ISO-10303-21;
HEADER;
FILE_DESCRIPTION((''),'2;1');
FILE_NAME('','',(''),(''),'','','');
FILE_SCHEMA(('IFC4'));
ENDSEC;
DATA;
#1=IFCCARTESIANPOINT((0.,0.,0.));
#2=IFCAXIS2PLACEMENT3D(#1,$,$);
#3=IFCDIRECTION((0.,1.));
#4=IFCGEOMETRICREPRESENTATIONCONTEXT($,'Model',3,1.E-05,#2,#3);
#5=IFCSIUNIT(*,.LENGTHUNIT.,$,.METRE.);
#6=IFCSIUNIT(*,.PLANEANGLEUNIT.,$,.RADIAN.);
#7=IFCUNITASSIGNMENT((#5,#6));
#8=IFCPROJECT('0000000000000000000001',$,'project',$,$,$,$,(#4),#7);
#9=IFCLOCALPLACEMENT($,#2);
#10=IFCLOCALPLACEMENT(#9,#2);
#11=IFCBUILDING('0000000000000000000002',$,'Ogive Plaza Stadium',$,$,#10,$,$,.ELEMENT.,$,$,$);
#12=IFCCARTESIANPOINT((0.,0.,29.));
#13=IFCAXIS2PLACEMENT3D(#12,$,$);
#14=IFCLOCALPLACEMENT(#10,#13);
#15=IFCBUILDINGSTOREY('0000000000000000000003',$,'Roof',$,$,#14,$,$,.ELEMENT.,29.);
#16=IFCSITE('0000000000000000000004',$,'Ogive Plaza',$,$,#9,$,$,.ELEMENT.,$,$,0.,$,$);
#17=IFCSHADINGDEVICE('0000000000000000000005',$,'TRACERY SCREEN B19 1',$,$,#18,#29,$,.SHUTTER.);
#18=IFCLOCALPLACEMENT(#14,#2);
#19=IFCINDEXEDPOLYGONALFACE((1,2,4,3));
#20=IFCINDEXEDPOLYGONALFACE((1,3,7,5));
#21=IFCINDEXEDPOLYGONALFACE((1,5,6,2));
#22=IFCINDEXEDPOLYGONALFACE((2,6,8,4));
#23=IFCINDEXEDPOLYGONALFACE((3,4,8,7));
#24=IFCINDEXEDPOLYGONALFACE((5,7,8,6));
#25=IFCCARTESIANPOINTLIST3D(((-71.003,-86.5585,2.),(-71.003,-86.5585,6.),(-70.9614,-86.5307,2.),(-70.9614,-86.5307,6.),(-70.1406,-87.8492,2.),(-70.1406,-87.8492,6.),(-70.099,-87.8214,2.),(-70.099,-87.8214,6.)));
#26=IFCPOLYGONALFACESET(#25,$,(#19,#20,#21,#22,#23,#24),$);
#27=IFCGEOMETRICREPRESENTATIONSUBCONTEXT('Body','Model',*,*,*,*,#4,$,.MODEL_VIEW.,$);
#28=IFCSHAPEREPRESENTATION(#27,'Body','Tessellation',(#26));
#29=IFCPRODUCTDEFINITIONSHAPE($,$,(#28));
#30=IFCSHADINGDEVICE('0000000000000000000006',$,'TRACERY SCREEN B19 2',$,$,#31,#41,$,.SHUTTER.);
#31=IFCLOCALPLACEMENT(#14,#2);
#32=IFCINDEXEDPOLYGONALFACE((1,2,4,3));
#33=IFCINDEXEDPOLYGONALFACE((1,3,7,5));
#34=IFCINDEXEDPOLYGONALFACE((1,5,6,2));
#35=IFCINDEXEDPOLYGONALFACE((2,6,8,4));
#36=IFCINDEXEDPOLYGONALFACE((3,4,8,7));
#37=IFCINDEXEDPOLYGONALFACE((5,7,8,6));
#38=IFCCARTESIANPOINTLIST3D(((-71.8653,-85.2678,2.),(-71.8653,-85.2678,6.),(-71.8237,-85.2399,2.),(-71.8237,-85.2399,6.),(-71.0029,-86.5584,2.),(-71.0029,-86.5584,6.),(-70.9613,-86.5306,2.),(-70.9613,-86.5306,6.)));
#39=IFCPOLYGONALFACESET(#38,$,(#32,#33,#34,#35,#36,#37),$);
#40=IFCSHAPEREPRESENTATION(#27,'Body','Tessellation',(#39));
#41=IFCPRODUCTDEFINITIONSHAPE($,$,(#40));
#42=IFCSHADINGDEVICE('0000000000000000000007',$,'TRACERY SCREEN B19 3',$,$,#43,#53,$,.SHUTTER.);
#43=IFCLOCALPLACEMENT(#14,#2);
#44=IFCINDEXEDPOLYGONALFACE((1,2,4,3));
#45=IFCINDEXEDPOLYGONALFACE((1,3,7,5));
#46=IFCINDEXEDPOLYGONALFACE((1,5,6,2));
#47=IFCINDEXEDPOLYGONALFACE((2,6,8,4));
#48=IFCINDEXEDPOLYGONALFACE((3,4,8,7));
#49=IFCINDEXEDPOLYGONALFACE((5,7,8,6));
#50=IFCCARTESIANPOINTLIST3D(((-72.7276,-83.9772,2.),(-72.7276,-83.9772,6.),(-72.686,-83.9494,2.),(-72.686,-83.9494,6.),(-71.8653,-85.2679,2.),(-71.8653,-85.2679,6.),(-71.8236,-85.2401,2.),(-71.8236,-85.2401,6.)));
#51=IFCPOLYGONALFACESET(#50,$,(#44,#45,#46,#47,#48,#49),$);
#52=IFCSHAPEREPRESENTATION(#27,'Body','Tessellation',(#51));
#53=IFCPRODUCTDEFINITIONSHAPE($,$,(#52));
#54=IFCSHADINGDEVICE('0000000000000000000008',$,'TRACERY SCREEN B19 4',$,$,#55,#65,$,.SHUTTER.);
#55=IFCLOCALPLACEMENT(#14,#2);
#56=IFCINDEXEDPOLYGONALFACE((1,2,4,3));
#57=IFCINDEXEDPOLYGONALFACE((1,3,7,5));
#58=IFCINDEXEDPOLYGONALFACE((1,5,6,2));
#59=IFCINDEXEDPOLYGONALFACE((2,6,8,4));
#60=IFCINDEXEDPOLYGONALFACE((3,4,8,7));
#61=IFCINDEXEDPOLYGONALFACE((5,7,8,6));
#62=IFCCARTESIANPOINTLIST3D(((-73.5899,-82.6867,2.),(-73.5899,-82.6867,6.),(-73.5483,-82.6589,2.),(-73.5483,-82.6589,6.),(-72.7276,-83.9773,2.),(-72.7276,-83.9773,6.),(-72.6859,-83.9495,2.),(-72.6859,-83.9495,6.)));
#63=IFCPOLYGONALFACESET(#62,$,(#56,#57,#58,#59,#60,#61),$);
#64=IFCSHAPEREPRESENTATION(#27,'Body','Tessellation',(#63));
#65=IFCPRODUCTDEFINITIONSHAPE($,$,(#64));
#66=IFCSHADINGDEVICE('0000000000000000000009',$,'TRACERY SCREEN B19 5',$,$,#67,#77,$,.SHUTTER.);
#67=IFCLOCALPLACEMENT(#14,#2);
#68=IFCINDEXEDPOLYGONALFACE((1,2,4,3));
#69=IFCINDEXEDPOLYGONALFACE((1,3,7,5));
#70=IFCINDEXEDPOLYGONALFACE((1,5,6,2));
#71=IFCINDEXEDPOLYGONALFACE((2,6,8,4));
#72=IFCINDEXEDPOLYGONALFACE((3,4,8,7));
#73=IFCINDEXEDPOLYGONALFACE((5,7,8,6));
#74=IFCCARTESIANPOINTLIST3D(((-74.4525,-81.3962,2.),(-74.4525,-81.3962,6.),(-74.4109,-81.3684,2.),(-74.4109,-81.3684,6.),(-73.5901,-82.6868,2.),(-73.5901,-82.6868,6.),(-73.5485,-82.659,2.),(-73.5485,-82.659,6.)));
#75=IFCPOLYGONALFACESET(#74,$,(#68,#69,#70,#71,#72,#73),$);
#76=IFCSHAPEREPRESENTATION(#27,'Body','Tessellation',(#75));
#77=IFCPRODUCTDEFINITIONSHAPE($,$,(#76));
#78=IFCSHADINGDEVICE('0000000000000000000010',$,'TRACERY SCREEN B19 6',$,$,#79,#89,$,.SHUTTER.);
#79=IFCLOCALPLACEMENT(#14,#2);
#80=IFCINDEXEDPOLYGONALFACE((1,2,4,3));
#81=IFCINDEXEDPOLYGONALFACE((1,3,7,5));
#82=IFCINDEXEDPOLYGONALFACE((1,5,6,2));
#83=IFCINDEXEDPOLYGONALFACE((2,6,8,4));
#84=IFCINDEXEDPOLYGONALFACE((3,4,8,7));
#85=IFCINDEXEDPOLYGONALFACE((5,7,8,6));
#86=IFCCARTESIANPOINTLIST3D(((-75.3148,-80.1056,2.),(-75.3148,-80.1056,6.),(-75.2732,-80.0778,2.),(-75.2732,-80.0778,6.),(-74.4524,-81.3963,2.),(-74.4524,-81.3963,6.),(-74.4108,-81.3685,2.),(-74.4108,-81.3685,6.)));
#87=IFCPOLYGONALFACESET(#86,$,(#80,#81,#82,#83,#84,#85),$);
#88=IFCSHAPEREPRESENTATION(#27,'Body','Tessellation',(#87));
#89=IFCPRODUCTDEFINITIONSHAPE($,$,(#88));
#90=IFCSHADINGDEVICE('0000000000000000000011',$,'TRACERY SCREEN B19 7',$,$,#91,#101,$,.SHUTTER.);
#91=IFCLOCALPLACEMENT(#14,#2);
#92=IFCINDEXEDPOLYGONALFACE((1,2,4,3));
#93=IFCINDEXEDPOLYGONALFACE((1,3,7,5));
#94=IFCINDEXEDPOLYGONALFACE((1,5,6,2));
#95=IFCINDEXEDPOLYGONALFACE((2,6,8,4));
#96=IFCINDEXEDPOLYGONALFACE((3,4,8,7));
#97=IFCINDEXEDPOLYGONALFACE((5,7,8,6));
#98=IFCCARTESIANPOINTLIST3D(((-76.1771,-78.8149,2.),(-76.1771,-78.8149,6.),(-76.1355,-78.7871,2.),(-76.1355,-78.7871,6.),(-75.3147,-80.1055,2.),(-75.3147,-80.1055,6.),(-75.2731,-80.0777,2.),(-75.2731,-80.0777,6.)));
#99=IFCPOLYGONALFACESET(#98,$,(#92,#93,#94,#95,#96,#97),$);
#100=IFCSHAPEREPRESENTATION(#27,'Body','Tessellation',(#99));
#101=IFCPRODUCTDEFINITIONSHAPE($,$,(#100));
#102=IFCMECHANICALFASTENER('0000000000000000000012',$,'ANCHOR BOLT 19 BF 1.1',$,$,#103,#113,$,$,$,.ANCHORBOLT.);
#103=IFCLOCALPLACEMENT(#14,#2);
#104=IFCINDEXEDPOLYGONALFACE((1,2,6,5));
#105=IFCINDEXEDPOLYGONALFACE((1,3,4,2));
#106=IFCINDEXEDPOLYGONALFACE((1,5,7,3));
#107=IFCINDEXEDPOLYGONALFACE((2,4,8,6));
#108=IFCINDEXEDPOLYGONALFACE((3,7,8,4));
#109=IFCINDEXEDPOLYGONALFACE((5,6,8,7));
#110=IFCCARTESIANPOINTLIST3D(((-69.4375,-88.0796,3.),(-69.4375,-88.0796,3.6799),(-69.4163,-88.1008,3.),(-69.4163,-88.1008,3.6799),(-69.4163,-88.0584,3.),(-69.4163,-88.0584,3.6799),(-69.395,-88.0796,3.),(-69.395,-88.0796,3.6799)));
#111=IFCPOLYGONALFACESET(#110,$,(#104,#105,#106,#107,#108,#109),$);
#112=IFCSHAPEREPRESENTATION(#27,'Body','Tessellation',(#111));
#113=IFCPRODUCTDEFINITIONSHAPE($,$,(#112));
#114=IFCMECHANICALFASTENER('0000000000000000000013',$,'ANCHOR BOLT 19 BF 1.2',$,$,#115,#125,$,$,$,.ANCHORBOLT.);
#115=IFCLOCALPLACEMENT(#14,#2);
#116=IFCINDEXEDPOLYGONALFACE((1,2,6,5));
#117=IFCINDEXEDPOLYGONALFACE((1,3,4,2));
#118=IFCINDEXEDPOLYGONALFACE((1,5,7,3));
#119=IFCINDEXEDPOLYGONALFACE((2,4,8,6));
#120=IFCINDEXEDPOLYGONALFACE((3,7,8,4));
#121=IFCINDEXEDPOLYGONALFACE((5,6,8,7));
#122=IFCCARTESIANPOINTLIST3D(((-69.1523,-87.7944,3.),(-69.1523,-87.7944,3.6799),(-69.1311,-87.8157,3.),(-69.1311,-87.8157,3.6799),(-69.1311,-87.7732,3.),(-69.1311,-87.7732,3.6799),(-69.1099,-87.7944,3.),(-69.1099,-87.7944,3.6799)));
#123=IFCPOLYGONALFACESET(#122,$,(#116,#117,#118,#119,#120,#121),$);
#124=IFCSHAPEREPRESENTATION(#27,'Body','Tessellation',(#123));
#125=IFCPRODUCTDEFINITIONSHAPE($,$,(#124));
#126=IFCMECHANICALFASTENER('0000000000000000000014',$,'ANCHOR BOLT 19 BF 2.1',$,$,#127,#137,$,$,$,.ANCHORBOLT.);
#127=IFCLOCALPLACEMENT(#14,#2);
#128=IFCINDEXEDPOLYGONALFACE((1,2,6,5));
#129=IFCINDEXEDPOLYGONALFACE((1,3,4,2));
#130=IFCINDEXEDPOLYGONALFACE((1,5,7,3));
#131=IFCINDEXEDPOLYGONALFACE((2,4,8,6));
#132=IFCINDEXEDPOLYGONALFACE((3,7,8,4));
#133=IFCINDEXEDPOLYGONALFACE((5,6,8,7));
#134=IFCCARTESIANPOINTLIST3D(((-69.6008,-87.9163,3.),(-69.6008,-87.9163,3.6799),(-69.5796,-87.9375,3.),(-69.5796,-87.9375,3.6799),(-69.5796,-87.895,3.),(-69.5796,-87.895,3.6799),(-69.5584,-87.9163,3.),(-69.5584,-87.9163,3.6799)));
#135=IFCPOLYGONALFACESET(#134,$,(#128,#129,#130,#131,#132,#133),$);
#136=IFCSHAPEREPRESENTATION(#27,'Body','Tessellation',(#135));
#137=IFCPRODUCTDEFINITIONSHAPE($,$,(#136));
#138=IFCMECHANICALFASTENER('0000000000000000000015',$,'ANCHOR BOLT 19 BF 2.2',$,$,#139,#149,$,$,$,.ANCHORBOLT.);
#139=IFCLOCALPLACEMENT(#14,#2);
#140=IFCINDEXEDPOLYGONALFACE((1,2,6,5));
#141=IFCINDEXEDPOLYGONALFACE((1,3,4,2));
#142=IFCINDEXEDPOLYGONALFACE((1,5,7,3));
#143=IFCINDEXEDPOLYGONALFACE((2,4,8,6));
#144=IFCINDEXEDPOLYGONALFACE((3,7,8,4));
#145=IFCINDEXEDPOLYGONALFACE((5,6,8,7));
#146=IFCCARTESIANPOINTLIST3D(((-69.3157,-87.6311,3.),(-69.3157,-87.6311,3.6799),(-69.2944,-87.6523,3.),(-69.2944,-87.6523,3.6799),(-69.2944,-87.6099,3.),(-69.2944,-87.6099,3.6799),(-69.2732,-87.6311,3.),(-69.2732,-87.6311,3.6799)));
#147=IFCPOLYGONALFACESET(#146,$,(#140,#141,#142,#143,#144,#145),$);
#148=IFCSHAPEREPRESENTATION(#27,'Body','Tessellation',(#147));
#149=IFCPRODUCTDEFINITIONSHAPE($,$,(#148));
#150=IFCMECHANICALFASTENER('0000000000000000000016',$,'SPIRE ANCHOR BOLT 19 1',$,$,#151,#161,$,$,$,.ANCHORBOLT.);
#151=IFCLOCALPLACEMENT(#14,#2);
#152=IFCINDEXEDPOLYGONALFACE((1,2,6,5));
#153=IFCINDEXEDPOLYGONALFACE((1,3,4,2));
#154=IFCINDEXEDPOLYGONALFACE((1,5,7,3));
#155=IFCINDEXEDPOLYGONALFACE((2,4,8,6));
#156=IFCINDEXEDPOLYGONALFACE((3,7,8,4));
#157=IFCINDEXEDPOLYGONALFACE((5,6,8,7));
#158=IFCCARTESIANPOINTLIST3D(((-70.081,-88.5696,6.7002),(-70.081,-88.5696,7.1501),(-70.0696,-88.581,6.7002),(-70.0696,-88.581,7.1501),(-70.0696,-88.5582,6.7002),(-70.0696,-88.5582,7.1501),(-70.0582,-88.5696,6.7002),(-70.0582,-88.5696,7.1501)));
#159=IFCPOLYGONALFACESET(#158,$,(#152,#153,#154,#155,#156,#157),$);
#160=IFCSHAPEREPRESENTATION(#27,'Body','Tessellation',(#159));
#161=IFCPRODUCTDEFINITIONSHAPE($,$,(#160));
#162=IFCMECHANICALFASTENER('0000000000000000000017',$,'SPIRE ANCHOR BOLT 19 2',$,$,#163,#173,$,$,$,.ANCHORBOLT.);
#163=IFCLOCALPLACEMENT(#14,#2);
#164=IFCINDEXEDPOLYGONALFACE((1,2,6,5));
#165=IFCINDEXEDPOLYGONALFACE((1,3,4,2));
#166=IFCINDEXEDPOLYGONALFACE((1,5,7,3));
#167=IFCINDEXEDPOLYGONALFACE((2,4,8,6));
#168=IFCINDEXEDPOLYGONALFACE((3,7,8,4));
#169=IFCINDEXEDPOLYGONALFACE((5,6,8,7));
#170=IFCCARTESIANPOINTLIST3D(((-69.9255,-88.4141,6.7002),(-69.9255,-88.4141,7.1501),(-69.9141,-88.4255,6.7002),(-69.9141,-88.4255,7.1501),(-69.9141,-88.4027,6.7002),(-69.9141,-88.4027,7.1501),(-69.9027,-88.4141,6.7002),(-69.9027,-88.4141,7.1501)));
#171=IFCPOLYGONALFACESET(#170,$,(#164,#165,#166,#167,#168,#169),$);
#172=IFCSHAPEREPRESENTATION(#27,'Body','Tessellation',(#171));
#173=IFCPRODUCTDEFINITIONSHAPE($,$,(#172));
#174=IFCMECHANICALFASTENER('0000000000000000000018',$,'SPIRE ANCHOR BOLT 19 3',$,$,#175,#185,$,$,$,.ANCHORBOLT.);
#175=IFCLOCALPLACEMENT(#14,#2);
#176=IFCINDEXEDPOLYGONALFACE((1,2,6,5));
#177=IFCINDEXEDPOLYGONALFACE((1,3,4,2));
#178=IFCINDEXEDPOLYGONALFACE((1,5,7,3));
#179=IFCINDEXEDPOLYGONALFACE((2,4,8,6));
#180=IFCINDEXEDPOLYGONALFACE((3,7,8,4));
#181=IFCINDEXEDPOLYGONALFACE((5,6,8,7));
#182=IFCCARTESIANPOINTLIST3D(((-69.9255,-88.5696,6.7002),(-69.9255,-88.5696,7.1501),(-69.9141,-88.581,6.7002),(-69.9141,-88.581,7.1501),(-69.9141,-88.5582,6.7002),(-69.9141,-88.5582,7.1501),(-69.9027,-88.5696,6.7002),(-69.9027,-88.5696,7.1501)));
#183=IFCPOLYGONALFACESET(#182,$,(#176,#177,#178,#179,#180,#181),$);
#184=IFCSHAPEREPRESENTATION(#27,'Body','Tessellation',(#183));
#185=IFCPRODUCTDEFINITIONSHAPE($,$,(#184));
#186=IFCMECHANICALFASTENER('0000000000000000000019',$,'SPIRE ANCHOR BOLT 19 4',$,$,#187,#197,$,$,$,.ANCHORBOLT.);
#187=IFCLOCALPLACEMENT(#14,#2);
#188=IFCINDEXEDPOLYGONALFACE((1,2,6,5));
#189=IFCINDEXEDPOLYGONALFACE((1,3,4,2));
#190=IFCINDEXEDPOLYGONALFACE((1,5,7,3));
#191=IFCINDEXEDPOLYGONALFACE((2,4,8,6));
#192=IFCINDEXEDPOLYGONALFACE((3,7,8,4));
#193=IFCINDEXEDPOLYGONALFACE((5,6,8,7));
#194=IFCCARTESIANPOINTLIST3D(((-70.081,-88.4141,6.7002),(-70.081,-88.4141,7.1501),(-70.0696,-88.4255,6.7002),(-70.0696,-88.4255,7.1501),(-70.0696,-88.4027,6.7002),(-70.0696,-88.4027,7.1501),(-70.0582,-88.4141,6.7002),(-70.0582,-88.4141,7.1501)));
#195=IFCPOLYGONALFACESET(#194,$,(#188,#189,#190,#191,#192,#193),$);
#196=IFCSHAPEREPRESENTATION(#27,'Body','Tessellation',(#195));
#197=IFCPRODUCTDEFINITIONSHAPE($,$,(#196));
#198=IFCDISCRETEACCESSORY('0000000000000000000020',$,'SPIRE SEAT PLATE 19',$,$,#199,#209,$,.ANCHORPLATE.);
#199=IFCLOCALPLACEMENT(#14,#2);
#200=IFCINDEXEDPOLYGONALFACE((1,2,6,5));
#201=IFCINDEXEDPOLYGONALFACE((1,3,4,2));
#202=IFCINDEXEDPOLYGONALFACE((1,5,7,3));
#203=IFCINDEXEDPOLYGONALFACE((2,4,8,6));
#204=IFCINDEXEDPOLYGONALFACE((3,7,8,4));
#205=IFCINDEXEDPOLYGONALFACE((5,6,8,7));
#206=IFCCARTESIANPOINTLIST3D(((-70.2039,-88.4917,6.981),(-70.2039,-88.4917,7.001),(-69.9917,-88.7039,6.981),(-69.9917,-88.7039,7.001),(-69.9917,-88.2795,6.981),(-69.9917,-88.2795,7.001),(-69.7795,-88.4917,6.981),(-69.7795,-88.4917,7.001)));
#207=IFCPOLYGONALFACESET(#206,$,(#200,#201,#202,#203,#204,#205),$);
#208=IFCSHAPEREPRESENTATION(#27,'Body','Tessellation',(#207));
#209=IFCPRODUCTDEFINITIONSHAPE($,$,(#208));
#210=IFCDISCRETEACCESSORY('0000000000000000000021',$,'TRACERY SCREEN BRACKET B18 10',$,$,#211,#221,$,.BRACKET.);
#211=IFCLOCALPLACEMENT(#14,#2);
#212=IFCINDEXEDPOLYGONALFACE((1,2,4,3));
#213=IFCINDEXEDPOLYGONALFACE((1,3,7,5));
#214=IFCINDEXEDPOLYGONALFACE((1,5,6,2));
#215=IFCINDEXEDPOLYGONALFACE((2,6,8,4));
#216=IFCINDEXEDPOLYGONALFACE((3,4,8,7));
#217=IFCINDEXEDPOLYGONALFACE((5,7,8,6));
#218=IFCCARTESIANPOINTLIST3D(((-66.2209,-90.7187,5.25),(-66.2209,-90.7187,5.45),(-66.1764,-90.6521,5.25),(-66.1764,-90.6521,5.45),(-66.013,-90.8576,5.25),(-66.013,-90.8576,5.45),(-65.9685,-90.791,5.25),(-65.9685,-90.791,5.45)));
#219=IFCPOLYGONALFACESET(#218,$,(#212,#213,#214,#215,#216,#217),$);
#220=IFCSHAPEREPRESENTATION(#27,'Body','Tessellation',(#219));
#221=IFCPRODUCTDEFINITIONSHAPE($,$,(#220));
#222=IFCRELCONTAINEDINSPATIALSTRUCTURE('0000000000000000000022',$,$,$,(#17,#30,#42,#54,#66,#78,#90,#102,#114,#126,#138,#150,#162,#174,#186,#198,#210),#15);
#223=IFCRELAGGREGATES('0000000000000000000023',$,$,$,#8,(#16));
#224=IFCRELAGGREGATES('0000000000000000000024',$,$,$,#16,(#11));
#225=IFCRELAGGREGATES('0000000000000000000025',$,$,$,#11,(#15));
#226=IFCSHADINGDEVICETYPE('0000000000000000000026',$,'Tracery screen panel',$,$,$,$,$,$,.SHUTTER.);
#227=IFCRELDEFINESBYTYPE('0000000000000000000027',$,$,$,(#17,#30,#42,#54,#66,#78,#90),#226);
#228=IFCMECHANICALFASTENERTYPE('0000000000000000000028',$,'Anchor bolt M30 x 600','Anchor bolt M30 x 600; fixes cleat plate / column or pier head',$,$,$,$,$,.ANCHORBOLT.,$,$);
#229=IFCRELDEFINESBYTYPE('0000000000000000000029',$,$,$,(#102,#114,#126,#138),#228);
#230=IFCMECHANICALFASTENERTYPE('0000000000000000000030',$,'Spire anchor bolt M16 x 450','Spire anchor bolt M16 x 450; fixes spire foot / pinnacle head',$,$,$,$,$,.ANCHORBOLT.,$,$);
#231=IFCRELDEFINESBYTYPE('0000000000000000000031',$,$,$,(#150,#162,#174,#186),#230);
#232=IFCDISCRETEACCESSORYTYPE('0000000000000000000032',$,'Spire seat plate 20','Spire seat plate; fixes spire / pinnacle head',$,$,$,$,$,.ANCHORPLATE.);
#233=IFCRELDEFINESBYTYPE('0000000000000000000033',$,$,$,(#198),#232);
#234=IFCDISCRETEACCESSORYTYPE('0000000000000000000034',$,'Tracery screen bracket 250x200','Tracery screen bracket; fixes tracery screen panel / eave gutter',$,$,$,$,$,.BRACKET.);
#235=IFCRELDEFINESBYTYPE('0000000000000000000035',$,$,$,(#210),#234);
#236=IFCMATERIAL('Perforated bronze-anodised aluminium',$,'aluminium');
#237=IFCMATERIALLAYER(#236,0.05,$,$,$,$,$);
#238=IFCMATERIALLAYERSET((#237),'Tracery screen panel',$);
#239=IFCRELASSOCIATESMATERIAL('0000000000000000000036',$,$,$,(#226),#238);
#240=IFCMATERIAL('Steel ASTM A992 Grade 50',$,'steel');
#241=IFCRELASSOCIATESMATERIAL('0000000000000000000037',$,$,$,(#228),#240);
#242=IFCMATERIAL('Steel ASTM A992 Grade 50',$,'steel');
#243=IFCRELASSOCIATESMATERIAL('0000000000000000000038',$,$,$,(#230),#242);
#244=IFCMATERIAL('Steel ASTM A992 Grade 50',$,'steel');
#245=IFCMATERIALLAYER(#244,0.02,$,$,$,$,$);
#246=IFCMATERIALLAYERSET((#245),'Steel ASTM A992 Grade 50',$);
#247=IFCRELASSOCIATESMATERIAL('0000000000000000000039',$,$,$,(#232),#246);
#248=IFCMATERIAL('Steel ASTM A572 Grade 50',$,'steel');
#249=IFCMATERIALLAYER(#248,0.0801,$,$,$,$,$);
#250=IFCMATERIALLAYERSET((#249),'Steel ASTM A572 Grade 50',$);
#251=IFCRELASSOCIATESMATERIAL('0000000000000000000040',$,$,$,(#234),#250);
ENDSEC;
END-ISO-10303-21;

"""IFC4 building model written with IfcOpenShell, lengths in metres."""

from ifc_helpers import new_model, si_unit, direction, frame, origin, origin_2d, place, context, subcontext, project, spatial, rectangle, extrude, material, layer, layer_set, type_object, element, save


model = new_model("IFC4")

# Units and contexts
model_context = context("Model", 3, precision=1e-05, world=origin(), true_north=direction((0.0, 1.0)))
body_context = subcontext(model_context, "Body", "Model", "MODEL_VIEW")
ifc_project = project(units=[si_unit("LENGTHUNIT", "METRE"), si_unit("PLANEANGLEUNIT", "RADIAN")], contexts=[model_context])

# Site, building, storey
site_placement = place(None, origin())
site = spatial("IfcSite", under=ifc_project, at=site_placement, Name="Ogive Plaza", CompositionType="ELEMENT", RefElevation=0.0)
building_placement = place(site_placement, origin())
building = spatial("IfcBuilding", under=site, at=building_placement, Name="Ogive Plaza Stadium", CompositionType="ELEMENT")
storey_placement = place(building_placement, frame((0.0, 0.0, 29.0)))
storey = spatial("IfcBuildingStorey", under=building, at=storey_placement, Name="Roof", CompositionType="ELEMENT", Elevation=29.0)

# Shading devices
ifc_material_1 = material(Name="Perforated bronze-anodised aluminium", Category="aluminium")
ifc_layer_1 = layer(ifc_material_1, 0.05)
ifc_layer_set_1 = layer_set([ifc_layer_1], Name="Tracery screen panel")
shading_device_type = type_object("IfcShadingDeviceType", Name="Tracery screen panel", PredefinedType="SHUTTER", material=ifc_layer_set_1)
for number, where, z_axis, x_axis, name in (
    (1, (-70.551, -87.1899, 2.0), (0.0, 0.0, 1.0), (-0.55557, 0.83147, 0.0), "TRACERY SCREEN B19 1"),
    (2, (-71.4133, -85.8992, 2.0), (0.0, 0.0, 1.0), (-0.55557, 0.83147, 0.0), "TRACERY SCREEN B19 2"),
    (3, (-72.2756, -84.6086, 2.0), (0.0, 0.0, 1.0), (-0.55557, 0.83147, 0.0), "TRACERY SCREEN B19 3"),
    (4, (-73.1379, -83.3181, 2.0), (0.0, 0.0, 1.0), (-0.55557, 0.83147, 0.0), "TRACERY SCREEN B19 4"),
    (5, (-74.0005, -82.0276, 2.0), (0.0, 0.0, 1.0), (-0.55557, 0.83147, 0.0), "TRACERY SCREEN B19 5"),
    (6, (-74.8628, -80.7371, 2.0), (0.0, 0.0, 1.0), (-0.55557, 0.83147, 0.0), "TRACERY SCREEN B19 6"),
    (7, (-75.7251, -79.4463, 2.0), (0.0, 0.0, 1.0), (-0.55557, 0.83147, 0.0), "TRACERY SCREEN B19 7"),
):
    element("IfcShadingDevice", number, at=place(storey_placement, frame(where, z_axis=z_axis, x_axis=x_axis)), inside=storey, type_object=shading_device_type, Name=name, PredefinedType="SHUTTER", context=body_context, shape_type="SweptSolid", body=[
        extrude(rectangle(XDim=1.5522, YDim=0.05, at=origin_2d()), origin(), (0.0, 0.0, 1.0), 4.0),
    ])

# Mechanical fasteners
ifc_material_2 = material(Name="Steel ASTM A992 Grade 50", Category="steel")
mechanical_fastener_type_1 = type_object("IfcMechanicalFastenerType", Name="Anchor bolt M30 x 600", Description="Anchor bolt M30 x 600; fixes cleat plate / column or pier head", PredefinedType="ANCHORBOLT", material=ifc_material_2)
for number, where, z_axis, x_axis, name in (
    (8, (-69.4163, -88.0796, 3.0), (0.0, 0.0, 1.0), (-0.707107, -0.707107, 0.0), "ANCHOR BOLT 19 BF 1.1"),
    (9, (-69.1311, -87.7944, 3.0), (0.0, 0.0, 1.0), (-0.707107, -0.707107, 0.0), "ANCHOR BOLT 19 BF 1.2"),
    (10, (-69.5796, -87.9163, 3.0), (0.0, 0.0, 1.0), (-0.707107, -0.707107, 0.0), "ANCHOR BOLT 19 BF 2.1"),
    (11, (-69.2944, -87.6311, 3.0), (0.0, 0.0, 1.0), (-0.707107, -0.707107, 0.0), "ANCHOR BOLT 19 BF 2.2"),
):
    element("IfcMechanicalFastener", number, at=place(storey_placement, frame(where, z_axis=z_axis, x_axis=x_axis)), inside=storey, type_object=mechanical_fastener_type_1, Name=name, PredefinedType="ANCHORBOLT", context=body_context, shape_type="SweptSolid", body=[
        extrude(rectangle(XDim=0.03, YDim=0.03, at=origin_2d()), origin(), (0.0, 0.0, 1.0), 0.6799),
    ])
ifc_material_3 = material(Name="Steel ASTM A992 Grade 50", Category="steel")
mechanical_fastener_type_2 = type_object("IfcMechanicalFastenerType", Name="Spire anchor bolt M16 x 450", Description="Spire anchor bolt M16 x 450; fixes spire foot / pinnacle head", PredefinedType="ANCHORBOLT", material=ifc_material_3)
for number, where, z_axis, x_axis, name in (
    (12, (-70.0696, -88.5696, 6.7002), (0.0, 0.0, 1.0), (-0.707107, -0.707107, 0.0), "SPIRE ANCHOR BOLT 19 1"),
    (13, (-69.9141, -88.4141, 6.7002), (0.0, 0.0, 1.0), (-0.707107, -0.707107, 0.0), "SPIRE ANCHOR BOLT 19 2"),
    (14, (-69.9141, -88.5696, 6.7002), (0.0, 0.0, 1.0), (-0.707107, -0.707107, 0.0), "SPIRE ANCHOR BOLT 19 3"),
    (15, (-70.0696, -88.4141, 6.7002), (0.0, 0.0, 1.0), (-0.707107, -0.707107, 0.0), "SPIRE ANCHOR BOLT 19 4"),
):
    element("IfcMechanicalFastener", number, at=place(storey_placement, frame(where, z_axis=z_axis, x_axis=x_axis)), inside=storey, type_object=mechanical_fastener_type_2, Name=name, PredefinedType="ANCHORBOLT", context=body_context, shape_type="SweptSolid", body=[
        extrude(rectangle(XDim=0.0161, YDim=0.0161, at=origin_2d()), origin(), (0.0, 0.0, 1.0), 0.45),
    ])

# Discrete accessories
ifc_material_4 = material(Name="Steel ASTM A992 Grade 50", Category="steel")
ifc_layer_2 = layer(ifc_material_4, 0.02)
ifc_layer_set_2 = layer_set([ifc_layer_2], Name="Steel ASTM A992 Grade 50")
discrete_accessory_type_1 = type_object("IfcDiscreteAccessoryType", Name="Spire seat plate 20", Description="Spire seat plate; fixes spire / pinnacle head", PredefinedType="ANCHORPLATE", material=ifc_layer_set_2)
discrete_accessory_placement = place(storey_placement, frame((-69.9917, -88.4917, 6.981), z_axis=(0.0, 0.0, 1.0), x_axis=(-0.707107, -0.707107, 0.0)))
element("IfcDiscreteAccessory", 16, at=discrete_accessory_placement, inside=storey, type_object=discrete_accessory_type_1, Name="SPIRE SEAT PLATE 19", PredefinedType="ANCHORPLATE", context=body_context, shape_type="SweptSolid", body=[
    extrude(rectangle(XDim=0.3, YDim=0.3, at=origin_2d()), origin(), (0.0, 0.0, 1.0), 0.02),
])
ifc_material_5 = material(Name="Steel ASTM A572 Grade 50", Category="steel")
ifc_layer_3 = layer(ifc_material_5, 0.0801)
ifc_layer_set_3 = layer_set([ifc_layer_3], Name="Steel ASTM A572 Grade 50")
discrete_accessory_type_2 = type_object("IfcDiscreteAccessoryType", Name="Tracery screen bracket 250x200", Description="Tracery screen bracket; fixes tracery screen panel / eave gutter", PredefinedType="BRACKET", material=ifc_layer_set_3)
for number, where, z_axis, x_axis, name in (
    (17, (-66.0947, -90.7549, 5.25), (0.0, 0.0, 1.0), (-0.83147, 0.55557, 0.0), "TRACERY SCREEN BRACKET B18 10"),
):
    element("IfcDiscreteAccessory", number, at=place(storey_placement, frame(where, z_axis=z_axis, x_axis=x_axis)), inside=storey, type_object=discrete_accessory_type_2, Name=name, PredefinedType="BRACKET", context=body_context, shape_type="SweptSolid", body=[
        extrude(rectangle(XDim=0.25, YDim=0.0801, at=origin_2d()), origin(), (0.0, 0.0, 1.0), 0.2),
    ])

save(model, "model.ifc")
